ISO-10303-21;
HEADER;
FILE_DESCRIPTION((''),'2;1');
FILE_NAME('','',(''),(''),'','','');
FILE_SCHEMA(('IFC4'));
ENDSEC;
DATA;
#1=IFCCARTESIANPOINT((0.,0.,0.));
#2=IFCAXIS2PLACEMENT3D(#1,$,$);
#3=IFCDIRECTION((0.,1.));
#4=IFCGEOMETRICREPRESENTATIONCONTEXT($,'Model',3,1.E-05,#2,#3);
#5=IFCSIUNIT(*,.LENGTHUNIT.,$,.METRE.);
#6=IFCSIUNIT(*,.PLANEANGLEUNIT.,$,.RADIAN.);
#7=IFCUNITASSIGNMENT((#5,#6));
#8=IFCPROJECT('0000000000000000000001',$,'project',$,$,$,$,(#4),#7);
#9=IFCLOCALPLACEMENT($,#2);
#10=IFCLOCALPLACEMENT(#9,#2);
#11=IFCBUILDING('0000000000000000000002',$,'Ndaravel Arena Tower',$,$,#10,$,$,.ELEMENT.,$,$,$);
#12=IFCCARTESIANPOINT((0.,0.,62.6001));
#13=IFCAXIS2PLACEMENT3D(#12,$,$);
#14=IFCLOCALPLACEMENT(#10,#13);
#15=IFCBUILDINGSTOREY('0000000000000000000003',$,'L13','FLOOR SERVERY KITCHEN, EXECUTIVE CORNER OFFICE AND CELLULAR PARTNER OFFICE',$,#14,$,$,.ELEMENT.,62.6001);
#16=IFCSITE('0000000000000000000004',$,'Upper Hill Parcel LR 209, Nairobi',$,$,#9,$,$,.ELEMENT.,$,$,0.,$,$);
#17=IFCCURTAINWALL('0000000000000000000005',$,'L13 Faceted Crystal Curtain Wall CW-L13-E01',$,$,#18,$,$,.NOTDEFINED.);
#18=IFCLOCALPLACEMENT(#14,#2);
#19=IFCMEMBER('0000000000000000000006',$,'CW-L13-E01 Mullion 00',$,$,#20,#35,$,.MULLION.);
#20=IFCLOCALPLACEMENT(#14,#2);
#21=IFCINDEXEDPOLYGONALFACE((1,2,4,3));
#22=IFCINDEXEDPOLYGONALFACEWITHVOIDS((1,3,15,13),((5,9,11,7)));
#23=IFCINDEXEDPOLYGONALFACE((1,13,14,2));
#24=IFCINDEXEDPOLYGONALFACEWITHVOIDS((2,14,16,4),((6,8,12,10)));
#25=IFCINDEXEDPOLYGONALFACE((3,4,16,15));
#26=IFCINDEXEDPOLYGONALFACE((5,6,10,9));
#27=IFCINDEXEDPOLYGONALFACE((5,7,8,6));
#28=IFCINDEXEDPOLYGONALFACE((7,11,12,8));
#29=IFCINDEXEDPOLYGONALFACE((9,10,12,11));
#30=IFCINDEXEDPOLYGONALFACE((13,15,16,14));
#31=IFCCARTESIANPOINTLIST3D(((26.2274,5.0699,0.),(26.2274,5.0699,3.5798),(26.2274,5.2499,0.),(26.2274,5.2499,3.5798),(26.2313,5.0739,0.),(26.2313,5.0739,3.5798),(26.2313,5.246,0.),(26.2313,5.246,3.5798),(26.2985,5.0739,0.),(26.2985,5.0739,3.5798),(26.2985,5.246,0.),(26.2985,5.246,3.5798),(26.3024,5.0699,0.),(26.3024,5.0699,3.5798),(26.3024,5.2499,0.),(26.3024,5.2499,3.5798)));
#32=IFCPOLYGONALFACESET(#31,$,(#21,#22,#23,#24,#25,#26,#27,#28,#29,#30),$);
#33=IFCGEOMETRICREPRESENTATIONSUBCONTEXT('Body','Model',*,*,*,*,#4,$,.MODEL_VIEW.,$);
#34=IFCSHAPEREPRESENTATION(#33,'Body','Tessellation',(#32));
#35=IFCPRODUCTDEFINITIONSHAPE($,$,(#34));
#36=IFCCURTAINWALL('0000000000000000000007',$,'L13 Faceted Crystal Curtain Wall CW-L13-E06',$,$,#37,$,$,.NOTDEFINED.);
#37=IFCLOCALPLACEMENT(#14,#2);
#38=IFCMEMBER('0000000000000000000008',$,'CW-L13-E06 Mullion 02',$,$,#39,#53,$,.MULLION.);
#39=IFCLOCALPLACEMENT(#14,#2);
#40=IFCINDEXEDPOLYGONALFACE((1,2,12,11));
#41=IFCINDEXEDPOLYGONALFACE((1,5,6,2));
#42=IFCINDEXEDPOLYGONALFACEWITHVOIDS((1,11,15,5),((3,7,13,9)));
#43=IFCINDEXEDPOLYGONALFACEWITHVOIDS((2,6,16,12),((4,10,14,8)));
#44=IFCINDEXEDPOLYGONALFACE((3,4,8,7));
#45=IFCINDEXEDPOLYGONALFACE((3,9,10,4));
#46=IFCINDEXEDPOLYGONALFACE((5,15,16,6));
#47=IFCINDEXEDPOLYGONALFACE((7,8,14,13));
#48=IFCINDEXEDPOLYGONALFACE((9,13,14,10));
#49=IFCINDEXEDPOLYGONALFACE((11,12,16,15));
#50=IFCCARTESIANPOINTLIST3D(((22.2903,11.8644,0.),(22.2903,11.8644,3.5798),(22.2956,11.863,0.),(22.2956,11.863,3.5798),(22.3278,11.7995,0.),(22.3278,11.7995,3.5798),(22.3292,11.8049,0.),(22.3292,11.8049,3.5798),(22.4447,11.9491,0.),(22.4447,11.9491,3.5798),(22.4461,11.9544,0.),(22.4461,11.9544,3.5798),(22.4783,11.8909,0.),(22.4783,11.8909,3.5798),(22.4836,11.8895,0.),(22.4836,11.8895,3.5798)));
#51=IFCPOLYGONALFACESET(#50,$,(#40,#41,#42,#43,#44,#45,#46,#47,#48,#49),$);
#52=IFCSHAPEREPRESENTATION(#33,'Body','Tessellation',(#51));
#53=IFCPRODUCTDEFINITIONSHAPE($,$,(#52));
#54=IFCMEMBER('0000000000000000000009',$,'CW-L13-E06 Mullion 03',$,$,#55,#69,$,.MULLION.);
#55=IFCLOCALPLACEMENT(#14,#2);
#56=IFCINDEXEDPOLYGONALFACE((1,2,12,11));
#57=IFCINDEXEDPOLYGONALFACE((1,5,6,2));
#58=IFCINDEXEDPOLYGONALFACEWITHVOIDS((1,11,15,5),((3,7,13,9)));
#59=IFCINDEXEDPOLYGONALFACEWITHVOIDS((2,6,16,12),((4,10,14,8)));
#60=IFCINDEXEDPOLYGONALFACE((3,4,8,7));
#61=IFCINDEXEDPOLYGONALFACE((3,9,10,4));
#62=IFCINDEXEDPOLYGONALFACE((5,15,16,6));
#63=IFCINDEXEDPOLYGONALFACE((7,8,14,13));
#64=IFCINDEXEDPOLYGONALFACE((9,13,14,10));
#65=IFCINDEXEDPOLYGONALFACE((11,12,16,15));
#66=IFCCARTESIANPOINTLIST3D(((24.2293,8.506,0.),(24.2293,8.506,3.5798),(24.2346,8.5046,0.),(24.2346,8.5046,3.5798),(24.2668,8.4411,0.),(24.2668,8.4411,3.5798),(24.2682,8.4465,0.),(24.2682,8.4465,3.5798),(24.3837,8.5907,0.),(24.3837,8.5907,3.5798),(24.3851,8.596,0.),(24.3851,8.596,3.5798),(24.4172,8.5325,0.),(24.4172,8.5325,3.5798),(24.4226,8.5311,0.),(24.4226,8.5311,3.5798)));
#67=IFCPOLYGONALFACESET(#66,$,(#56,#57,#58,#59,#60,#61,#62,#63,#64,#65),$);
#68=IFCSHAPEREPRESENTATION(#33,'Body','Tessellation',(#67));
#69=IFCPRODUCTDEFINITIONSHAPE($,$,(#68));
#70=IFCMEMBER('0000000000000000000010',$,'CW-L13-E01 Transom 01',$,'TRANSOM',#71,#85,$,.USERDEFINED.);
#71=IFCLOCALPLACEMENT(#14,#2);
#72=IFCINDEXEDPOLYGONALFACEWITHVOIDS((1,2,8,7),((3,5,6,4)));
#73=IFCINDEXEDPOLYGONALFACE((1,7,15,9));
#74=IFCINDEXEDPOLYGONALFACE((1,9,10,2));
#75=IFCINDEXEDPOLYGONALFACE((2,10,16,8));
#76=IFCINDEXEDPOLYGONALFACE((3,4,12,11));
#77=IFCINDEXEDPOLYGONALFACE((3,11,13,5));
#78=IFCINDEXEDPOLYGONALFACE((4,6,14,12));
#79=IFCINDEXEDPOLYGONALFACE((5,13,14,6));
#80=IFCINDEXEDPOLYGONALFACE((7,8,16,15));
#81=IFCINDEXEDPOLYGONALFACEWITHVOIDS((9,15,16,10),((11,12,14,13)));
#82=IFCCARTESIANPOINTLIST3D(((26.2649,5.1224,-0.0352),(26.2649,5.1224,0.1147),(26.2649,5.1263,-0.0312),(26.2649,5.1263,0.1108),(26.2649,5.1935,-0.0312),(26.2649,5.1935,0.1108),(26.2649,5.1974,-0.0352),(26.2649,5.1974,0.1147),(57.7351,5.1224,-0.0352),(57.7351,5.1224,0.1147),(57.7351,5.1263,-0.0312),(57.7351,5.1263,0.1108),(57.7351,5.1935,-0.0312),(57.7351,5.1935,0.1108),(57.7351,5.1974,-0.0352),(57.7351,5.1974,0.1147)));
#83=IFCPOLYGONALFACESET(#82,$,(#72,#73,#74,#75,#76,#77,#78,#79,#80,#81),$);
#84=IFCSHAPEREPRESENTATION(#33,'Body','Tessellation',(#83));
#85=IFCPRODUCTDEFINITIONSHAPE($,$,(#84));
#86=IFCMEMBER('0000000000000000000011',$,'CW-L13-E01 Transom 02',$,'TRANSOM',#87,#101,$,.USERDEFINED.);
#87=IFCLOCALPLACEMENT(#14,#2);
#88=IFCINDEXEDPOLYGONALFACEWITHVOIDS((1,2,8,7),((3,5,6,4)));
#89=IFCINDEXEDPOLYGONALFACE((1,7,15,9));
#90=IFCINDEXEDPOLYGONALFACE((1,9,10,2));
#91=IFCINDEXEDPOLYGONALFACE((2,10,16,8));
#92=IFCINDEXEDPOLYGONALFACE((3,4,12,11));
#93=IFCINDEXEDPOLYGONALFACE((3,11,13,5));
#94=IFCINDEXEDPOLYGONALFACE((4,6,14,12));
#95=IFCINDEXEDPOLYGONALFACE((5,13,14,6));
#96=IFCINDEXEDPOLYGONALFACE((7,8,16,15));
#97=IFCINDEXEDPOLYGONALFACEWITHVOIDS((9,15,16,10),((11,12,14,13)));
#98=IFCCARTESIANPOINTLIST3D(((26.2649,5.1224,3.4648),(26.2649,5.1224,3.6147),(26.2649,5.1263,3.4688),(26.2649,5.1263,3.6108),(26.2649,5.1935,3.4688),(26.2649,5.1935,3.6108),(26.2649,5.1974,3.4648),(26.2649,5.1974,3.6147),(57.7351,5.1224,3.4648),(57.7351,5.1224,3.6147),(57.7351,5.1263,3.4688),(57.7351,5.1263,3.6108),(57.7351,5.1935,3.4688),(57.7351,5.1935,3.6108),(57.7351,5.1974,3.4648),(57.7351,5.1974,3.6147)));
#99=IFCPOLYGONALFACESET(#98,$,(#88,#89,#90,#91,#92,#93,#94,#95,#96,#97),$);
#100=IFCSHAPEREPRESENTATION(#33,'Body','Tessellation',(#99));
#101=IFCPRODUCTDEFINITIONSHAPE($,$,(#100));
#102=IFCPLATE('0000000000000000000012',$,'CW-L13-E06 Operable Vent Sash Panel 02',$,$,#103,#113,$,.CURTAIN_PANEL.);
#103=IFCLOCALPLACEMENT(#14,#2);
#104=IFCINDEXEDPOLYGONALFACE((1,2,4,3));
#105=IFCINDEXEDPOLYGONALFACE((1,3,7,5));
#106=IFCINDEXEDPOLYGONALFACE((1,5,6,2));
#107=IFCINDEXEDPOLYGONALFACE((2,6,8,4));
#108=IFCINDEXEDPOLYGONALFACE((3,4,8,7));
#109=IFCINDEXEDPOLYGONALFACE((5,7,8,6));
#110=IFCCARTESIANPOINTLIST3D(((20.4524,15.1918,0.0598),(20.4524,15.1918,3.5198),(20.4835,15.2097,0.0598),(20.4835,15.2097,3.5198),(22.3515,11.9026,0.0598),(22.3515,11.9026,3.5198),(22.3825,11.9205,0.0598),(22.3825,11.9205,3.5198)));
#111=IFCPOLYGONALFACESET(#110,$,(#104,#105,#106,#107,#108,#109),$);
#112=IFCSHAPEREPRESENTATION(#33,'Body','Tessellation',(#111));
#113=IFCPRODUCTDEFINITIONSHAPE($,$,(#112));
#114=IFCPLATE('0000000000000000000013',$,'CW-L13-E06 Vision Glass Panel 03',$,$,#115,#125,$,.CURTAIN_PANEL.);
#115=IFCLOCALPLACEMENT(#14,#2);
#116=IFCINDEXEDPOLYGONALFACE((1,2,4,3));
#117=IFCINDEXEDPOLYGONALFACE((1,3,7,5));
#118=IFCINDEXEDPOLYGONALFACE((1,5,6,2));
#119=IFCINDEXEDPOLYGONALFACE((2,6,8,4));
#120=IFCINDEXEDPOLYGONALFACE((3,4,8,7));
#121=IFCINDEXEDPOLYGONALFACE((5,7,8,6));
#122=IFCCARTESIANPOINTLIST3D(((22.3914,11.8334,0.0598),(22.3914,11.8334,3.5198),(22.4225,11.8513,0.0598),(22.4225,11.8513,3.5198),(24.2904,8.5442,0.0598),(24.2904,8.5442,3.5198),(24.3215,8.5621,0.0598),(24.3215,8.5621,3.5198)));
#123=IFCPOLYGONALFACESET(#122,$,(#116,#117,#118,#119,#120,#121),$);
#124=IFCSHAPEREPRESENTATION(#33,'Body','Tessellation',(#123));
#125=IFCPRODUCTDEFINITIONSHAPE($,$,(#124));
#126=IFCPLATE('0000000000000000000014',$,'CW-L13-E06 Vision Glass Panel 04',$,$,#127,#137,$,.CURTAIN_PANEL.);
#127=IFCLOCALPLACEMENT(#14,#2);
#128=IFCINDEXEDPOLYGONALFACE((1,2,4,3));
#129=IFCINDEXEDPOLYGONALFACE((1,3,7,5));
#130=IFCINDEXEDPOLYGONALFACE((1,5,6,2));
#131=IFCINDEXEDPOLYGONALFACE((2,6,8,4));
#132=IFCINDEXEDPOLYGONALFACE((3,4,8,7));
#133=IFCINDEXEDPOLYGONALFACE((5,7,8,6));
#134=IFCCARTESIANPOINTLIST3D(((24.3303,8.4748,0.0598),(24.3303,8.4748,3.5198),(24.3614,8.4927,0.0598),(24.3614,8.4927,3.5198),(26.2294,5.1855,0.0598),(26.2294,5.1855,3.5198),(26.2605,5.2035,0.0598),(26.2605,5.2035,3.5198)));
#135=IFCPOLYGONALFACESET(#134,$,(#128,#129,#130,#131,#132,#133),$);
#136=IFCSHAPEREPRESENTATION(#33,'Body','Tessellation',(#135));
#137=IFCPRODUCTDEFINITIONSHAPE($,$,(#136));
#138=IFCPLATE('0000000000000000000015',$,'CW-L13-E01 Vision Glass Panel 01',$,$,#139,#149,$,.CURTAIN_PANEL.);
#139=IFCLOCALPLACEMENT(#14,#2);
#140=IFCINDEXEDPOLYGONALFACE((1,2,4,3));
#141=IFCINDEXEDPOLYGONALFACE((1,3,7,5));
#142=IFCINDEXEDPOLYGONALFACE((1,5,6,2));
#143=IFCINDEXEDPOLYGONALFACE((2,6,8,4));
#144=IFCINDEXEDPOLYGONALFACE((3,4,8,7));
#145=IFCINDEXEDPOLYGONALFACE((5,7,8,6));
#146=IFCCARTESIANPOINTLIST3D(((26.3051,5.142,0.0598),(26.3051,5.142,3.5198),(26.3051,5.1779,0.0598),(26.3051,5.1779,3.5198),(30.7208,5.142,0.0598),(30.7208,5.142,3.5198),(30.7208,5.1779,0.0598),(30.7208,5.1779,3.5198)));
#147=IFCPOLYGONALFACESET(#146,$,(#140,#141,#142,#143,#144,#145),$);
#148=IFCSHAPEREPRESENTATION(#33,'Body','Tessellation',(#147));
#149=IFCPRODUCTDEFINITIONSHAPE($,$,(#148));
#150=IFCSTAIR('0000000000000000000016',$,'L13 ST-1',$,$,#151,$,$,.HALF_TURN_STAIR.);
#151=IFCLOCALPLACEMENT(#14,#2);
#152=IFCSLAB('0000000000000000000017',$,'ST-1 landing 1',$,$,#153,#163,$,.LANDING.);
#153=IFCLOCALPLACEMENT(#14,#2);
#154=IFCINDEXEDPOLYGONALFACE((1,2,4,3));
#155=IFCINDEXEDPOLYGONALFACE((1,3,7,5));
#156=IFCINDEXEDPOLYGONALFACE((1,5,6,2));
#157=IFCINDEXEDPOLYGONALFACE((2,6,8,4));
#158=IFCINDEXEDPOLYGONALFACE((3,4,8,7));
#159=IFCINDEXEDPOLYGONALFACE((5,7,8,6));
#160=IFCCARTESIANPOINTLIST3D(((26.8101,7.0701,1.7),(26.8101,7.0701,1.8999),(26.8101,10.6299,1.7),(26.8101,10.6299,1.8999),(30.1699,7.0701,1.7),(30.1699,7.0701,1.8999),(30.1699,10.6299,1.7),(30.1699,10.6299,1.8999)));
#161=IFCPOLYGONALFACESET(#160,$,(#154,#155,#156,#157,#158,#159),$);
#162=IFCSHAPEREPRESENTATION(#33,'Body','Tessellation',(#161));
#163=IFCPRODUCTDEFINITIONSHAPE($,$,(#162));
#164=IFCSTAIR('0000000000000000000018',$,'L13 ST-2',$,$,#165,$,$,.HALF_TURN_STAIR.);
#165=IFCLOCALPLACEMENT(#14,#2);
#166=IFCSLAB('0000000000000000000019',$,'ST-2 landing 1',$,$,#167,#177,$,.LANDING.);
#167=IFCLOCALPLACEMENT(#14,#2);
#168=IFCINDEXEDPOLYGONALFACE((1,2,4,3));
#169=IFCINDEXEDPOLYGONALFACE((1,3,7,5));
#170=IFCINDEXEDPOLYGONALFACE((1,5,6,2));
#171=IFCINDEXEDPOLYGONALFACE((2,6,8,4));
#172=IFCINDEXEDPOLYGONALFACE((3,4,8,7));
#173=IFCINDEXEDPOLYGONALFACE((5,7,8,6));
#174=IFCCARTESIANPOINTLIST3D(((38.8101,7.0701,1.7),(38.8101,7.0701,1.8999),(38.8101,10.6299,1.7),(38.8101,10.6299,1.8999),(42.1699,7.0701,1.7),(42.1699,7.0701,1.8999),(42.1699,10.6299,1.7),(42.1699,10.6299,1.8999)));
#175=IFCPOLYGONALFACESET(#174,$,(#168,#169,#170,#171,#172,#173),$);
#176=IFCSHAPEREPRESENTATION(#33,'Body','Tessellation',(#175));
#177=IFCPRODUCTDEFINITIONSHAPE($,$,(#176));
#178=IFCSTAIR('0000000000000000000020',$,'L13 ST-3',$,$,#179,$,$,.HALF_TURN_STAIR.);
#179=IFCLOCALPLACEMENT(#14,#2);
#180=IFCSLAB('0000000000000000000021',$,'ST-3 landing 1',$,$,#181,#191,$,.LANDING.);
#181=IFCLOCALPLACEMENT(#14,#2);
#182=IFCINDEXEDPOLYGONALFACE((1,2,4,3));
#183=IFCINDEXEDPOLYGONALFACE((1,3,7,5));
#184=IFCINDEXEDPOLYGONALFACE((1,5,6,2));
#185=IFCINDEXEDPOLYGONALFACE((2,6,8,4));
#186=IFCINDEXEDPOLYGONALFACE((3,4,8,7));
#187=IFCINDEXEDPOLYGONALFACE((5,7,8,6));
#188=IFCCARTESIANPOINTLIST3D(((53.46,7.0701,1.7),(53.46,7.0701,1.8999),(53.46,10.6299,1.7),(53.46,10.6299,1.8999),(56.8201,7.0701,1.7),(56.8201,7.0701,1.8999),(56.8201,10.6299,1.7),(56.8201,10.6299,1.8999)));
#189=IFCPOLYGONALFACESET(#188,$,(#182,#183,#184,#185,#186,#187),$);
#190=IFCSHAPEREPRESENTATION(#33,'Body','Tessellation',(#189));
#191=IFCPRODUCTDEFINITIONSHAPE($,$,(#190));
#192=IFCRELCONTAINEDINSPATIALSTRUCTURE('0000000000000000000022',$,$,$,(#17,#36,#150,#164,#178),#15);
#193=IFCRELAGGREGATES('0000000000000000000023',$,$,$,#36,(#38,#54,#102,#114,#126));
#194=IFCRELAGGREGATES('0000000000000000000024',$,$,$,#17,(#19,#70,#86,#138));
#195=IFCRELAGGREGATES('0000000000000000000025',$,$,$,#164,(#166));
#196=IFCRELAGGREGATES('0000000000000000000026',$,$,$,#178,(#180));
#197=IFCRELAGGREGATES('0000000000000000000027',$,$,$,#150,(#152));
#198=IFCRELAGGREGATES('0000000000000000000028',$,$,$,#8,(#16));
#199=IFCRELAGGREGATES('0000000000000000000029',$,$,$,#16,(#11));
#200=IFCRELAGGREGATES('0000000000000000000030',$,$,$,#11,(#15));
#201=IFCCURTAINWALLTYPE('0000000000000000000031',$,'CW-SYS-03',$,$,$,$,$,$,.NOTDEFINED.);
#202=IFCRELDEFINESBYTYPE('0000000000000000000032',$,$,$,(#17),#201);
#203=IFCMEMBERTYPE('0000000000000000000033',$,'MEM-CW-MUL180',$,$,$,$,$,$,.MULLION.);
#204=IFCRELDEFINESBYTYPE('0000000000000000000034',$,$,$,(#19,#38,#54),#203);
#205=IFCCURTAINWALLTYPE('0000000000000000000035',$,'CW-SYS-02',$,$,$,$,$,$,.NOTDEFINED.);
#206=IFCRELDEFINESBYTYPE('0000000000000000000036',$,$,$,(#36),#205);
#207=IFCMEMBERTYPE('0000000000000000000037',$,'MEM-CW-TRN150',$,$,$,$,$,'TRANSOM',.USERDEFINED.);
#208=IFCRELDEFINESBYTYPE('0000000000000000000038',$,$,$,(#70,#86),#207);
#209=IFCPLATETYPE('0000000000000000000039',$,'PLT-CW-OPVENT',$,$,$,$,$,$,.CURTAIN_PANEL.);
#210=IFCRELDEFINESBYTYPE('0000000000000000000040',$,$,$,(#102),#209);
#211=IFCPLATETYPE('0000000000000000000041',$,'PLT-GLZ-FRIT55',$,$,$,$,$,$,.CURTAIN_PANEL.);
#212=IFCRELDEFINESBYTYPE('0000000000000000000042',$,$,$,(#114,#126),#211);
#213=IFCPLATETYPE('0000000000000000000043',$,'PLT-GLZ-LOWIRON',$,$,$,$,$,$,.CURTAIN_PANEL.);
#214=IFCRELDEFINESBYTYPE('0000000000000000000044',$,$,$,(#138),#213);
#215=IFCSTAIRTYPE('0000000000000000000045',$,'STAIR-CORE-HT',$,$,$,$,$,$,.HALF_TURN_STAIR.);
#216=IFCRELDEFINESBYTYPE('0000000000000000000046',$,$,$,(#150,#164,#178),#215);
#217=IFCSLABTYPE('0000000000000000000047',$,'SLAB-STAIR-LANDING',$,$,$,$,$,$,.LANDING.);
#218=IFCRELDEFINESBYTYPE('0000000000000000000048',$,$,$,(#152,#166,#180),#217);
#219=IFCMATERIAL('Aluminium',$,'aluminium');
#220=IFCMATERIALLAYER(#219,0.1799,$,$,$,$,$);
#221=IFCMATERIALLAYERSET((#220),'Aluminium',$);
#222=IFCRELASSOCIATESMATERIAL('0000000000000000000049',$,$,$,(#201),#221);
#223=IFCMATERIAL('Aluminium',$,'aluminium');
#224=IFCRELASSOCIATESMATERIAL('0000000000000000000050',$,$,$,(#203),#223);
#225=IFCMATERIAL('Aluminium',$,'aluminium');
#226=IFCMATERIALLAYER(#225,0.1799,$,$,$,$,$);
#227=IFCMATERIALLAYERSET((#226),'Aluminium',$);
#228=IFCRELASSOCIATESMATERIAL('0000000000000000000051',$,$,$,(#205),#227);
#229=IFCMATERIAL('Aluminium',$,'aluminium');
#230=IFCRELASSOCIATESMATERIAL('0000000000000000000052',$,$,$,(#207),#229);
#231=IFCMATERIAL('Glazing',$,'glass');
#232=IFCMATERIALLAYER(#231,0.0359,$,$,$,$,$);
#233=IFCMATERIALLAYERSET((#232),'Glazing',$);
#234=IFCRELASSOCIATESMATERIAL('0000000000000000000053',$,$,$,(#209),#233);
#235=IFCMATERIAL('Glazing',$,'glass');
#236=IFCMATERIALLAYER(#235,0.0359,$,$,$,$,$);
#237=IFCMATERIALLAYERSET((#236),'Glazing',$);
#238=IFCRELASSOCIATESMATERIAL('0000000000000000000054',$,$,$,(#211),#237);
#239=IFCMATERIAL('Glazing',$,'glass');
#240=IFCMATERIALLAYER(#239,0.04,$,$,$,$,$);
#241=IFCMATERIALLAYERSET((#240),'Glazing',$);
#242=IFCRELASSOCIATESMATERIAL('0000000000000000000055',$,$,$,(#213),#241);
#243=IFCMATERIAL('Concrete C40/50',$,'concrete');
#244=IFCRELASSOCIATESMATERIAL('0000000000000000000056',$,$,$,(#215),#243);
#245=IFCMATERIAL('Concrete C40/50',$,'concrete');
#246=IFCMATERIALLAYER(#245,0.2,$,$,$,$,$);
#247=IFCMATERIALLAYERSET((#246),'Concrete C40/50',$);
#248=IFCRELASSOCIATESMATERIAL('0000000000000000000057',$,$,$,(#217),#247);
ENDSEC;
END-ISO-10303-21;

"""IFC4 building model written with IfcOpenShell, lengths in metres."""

from ifc_helpers import new_model, si_unit, direction, frame, origin, origin_2d, place, context, subcontext, project, spatial, polyline, rectangle, hollow_rectangle, outline, extrude, material, layer, layer_set, material_profile, profile_set, type_object, element, aggregate, save


model = new_model("IFC4")

# Units and contexts
model_context = context("Model", 3, precision=1e-05, world=origin(), true_north=direction((0.0, 1.0)))
body_context = subcontext(model_context, "Body", "Model", "MODEL_VIEW")
ifc_project = project(units=[si_unit("LENGTHUNIT", "METRE"), si_unit("PLANEANGLEUNIT", "RADIAN")], contexts=[model_context])

# Site, building, storey
site_placement = place(None, origin())
site = spatial("IfcSite", under=ifc_project, at=site_placement, Name="Upper Hill Parcel LR 209, Nairobi", CompositionType="ELEMENT", RefElevation=0.0)
building_placement = place(site_placement, origin())
building = spatial("IfcBuilding", under=site, at=building_placement, Name="Ndaravel Arena Tower", CompositionType="ELEMENT")
storey_placement = place(building_placement, frame((0.0, 0.0, 62.6001)))
storey = spatial("IfcBuildingStorey", under=building, at=storey_placement, Name="L13", Description="FLOOR SERVERY KITCHEN, EXECUTIVE CORNER OFFICE AND CELLULAR PARTNER OFFICE", CompositionType="ELEMENT", Elevation=62.6001)

# Curtain wall, member
ifc_material_1 = material(Name="Aluminium", Category="aluminium")
ifc_layer_1 = layer(ifc_material_1, 0.1799)
ifc_layer_set_1 = layer_set([ifc_layer_1], Name="Aluminium")
curtain_wall_type_1 = type_object("IfcCurtainWallType", Name="CW-SYS-03", PredefinedType="NOTDEFINED", material=ifc_layer_set_1)
curtain_wall_1_placement = place(storey_placement, origin())
curtain_wall_1 = element("IfcCurtainWall", 1, at=curtain_wall_1_placement, inside=storey, type_object=curtain_wall_type_1, Name="L13 Faceted Crystal Curtain Wall CW-L13-E01", PredefinedType="NOTDEFINED")
ifc_material_2 = material(Name="Aluminium", Category="aluminium")
ifc_material_profile_1 = material_profile(ifc_material_2, hollow_rectangle(XDim=0.075, YDim=0.1799, WallThickness=0.0039, at=origin_2d()), Name="CW MULLION 75x180x4")
ifc_profile_set_1 = profile_set([ifc_material_profile_1], Name="Aluminium")
member_type_1 = type_object("IfcMemberType", Name="MEM-CW-MUL180", PredefinedType="MULLION", material=ifc_profile_set_1)
member_1_placement = place(storey_placement, frame((26.2649, 5.1599, 0.0), z_axis=(0.0, 0.0, 1.0), x_axis=(1.0, 0.0, 0.0)))
member_1 = element("IfcMember", 2, at=member_1_placement, type_object=member_type_1, Name="CW-L13-E01 Mullion 00", PredefinedType="MULLION", context=body_context, shape_type="SweptSolid", body=[
    extrude(hollow_rectangle(XDim=0.075, YDim=0.1799, WallThickness=0.0039, at=origin_2d()), origin(), (0.0, 0.0, 1.0), 3.5798),
])

# Curtain wall, members
ifc_material_3 = material(Name="Aluminium", Category="aluminium")
ifc_layer_2 = layer(ifc_material_3, 0.1799)
ifc_layer_set_2 = layer_set([ifc_layer_2], Name="Aluminium")
curtain_wall_type_2 = type_object("IfcCurtainWallType", Name="CW-SYS-02", PredefinedType="NOTDEFINED", material=ifc_layer_set_2)
curtain_wall_2_placement = place(storey_placement, origin())
curtain_wall_2 = element("IfcCurtainWall", 3, at=curtain_wall_2_placement, inside=storey, type_object=curtain_wall_type_2, Name="L13 Faceted Crystal Curtain Wall CW-L13-E06", PredefinedType="NOTDEFINED")
member_2_placement = place(storey_placement, frame((22.387, 11.877, 0.0), z_axis=(0.0, 0.0, 1.0), x_axis=(0.5, -0.866025, 0.0)))
member_2 = element("IfcMember", 4, at=member_2_placement, type_object=member_type_1, Name="CW-L13-E06 Mullion 02", PredefinedType="MULLION", context=body_context, shape_type="SweptSolid", body=[
    extrude(hollow_rectangle(XDim=0.075, YDim=0.1799, WallThickness=0.0039, at=origin_2d()), origin(), (0.0, 0.0, 1.0), 3.5798),
])
member_3_placement = place(storey_placement, frame((24.3259, 8.5186, 0.0), z_axis=(0.0, 0.0, 1.0), x_axis=(0.5, -0.866025, 0.0)))
member_3 = element("IfcMember", 5, at=member_3_placement, type_object=member_type_1, Name="CW-L13-E06 Mullion 03", PredefinedType="MULLION", context=body_context, shape_type="SweptSolid", body=[
    extrude(hollow_rectangle(XDim=0.075, YDim=0.1799, WallThickness=0.0039, at=origin_2d()), origin(), (0.0, 0.0, 1.0), 3.5798),
])

# Members
ifc_material_4 = material(Name="Aluminium", Category="aluminium")
ifc_material_profile_2 = material_profile(ifc_material_4, hollow_rectangle(XDim=0.075, YDim=0.1499, WallThickness=0.0039, at=origin_2d()), Name="CW TRANSOM 75x150x4")
ifc_profile_set_2 = profile_set([ifc_material_profile_2], Name="Aluminium")
member_type_2 = type_object("IfcMemberType", Name="MEM-CW-TRN150", ElementType="TRANSOM", PredefinedType="USERDEFINED", material=ifc_profile_set_2)
member_4_placement = place(storey_placement, frame((26.2649, 5.1599, 0.0398), z_axis=(1.0, 0.0, 0.0), x_axis=(0.0, 1.0, 0.0)))
member_4 = element("IfcMember", 6, at=member_4_placement, type_object=member_type_2, Name="CW-L13-E01 Transom 01", ObjectType="TRANSOM", PredefinedType="USERDEFINED", context=body_context, shape_type="SweptSolid", body=[
    extrude(hollow_rectangle(XDim=0.075, YDim=0.1499, WallThickness=0.0039, at=origin_2d()), origin(), (0.0, 0.0, 1.0), 31.4702),
])
member_5_placement = place(storey_placement, frame((26.2649, 5.1599, 3.5398), z_axis=(1.0, 0.0, 0.0), x_axis=(0.0, 1.0, 0.0)))
member_5 = element("IfcMember", 7, at=member_5_placement, type_object=member_type_2, Name="CW-L13-E01 Transom 02", ObjectType="TRANSOM", PredefinedType="USERDEFINED", context=body_context, shape_type="SweptSolid", body=[
    extrude(hollow_rectangle(XDim=0.075, YDim=0.1499, WallThickness=0.0039, at=origin_2d()), origin(), (0.0, 0.0, 1.0), 31.4702),
])

# Plates
ifc_material_5 = material(Name="Glazing", Category="glass")
ifc_layer_3 = layer(ifc_material_5, 0.0359)
ifc_layer_set_3 = layer_set([ifc_layer_3], Name="Glazing")
plate_type_1 = type_object("IfcPlateType", Name="PLT-CW-OPVENT", PredefinedType="CURTAIN_PANEL", material=ifc_layer_set_3)
plate_1_placement = place(storey_placement, frame((21.4175, 13.5562, 0.0598), z_axis=(0.0, 0.0, 1.0), x_axis=(0.5, -0.866025, 0.0)))
plate_1 = element("IfcPlate", 8, at=plate_1_placement, type_object=plate_type_1, Name="CW-L13-E06 Operable Vent Sash Panel 02", PredefinedType="CURTAIN_PANEL", context=body_context, shape_type="SweptSolid", body=[
    extrude(rectangle(XDim=3.7981, YDim=0.0359, at=origin_2d()), origin(), (0.0, 0.0, 1.0), 3.46),
])
ifc_material_6 = material(Name="Glazing", Category="glass")
ifc_layer_4 = layer(ifc_material_6, 0.0359)
ifc_layer_set_4 = layer_set([ifc_layer_4], Name="Glazing")
plate_type_2 = type_object("IfcPlateType", Name="PLT-GLZ-FRIT55", PredefinedType="CURTAIN_PANEL", material=ifc_layer_set_4)
plate_2_placement = place(storey_placement, frame((23.3564, 10.1978, 0.0598), z_axis=(0.0, 0.0, 1.0), x_axis=(0.5, -0.866025, 0.0)))
plate_2 = element("IfcPlate", 9, at=plate_2_placement, type_object=plate_type_2, Name="CW-L13-E06 Vision Glass Panel 03", PredefinedType="CURTAIN_PANEL", context=body_context, shape_type="SweptSolid", body=[
    extrude(rectangle(XDim=3.7981, YDim=0.0359, at=origin_2d()), origin(), (0.0, 0.0, 1.0), 3.46),
])
plate_3_placement = place(storey_placement, frame((25.2954, 6.8391, 0.0598), z_axis=(0.0, 0.0, 1.0), x_axis=(0.5, -0.866025, 0.0)))
plate_3 = element("IfcPlate", 10, at=plate_3_placement, type_object=plate_type_2, Name="CW-L13-E06 Vision Glass Panel 04", PredefinedType="CURTAIN_PANEL", context=body_context, shape_type="SweptSolid", body=[
    extrude(rectangle(XDim=3.7981, YDim=0.0359, at=origin_2d()), origin(), (0.0, 0.0, 1.0), 3.46),
])
aggregate(curtain_wall_2, [member_2, member_3, plate_1, plate_2, plate_3])
ifc_material_7 = material(Name="Glazing", Category="glass")
ifc_layer_5 = layer(ifc_material_7, 0.04)
ifc_layer_set_5 = layer_set([ifc_layer_5], Name="Glazing")
plate_type_3 = type_object("IfcPlateType", Name="PLT-GLZ-LOWIRON", PredefinedType="CURTAIN_PANEL", material=ifc_layer_set_5)
plate_4_placement = place(storey_placement, frame((28.5129, 5.1599, 0.0598), z_axis=(0.0, 0.0, 1.0), x_axis=(1.0, 0.0, 0.0)))
plate_4 = element("IfcPlate", 11, at=plate_4_placement, type_object=plate_type_3, Name="CW-L13-E01 Vision Glass Panel 01", PredefinedType="CURTAIN_PANEL", context=body_context, shape_type="SweptSolid", body=[
    extrude(rectangle(XDim=4.4158, YDim=0.0359, at=origin_2d()), origin(), (0.0, 0.0, 1.0), 3.46),
])
aggregate(curtain_wall_1, [member_1, member_4, member_5, plate_4])

# Stairs, slabs
ifc_material_8 = material(Name="Concrete C40/50", Category="concrete")
stair_type = type_object("IfcStairType", Name="STAIR-CORE-HT", PredefinedType="HALF_TURN_STAIR", material=ifc_material_8)
stair_1_placement = place(storey_placement, origin())
stair_1 = element("IfcStair", 12, at=stair_1_placement, inside=storey, type_object=stair_type, Name="L13 ST-1", PredefinedType="HALF_TURN_STAIR")
ifc_material_9 = material(Name="Concrete C40/50", Category="concrete")
ifc_layer_6 = layer(ifc_material_9, 0.2)
ifc_layer_set_6 = layer_set([ifc_layer_6], Name="Concrete C40/50")
slab_type_1 = type_object("IfcSlabType", Name="SLAB-STAIR-LANDING", PredefinedType="LANDING", material=ifc_layer_set_6)
slab_1_placement = place(storey_placement, frame((0.0, 0.0, 1.7)))
slab_1 = element("IfcSlab", 13, at=slab_1_placement, type_object=slab_type_1, Name="ST-1 landing 1", PredefinedType="LANDING", context=body_context, shape_type="SweptSolid", body=[
    extrude(outline(polyline([(26.8101, 10.6299), (26.8101, 7.0701), (30.1699, 7.0701), (30.1699, 10.6299), (26.8101, 10.6299)])), origin(), (0.0, 0.0, 1.0), 0.2),
])
stair_2_placement = place(storey_placement, origin())
stair_2 = element("IfcStair", 14, at=stair_2_placement, inside=storey, type_object=stair_type, Name="L13 ST-2", PredefinedType="HALF_TURN_STAIR")
slab_2_placement = place(storey_placement, frame((0.0, 0.0, 1.7)))
slab_2 = element("IfcSlab", 15, at=slab_2_placement, type_object=slab_type_1, Name="ST-2 landing 1", PredefinedType="LANDING", context=body_context, shape_type="SweptSolid", body=[
    extrude(outline(polyline([(38.8101, 10.6299), (38.8101, 7.0701), (42.1699, 7.0701), (42.1699, 10.6299), (38.8101, 10.6299)])), origin(), (0.0, 0.0, 1.0), 0.2),
])
aggregate(stair_2, [slab_2])
stair_3_placement = place(storey_placement, origin())
stair_3 = element("IfcStair", 16, at=stair_3_placement, inside=storey, type_object=stair_type, Name="L13 ST-3", PredefinedType="HALF_TURN_STAIR")
slab_3_placement = place(storey_placement, frame((0.0, 0.0, 1.7)))
slab_3 = element("IfcSlab", 17, at=slab_3_placement, type_object=slab_type_1, Name="ST-3 landing 1", PredefinedType="LANDING", context=body_context, shape_type="SweptSolid", body=[
    extrude(outline(polyline([(53.46, 10.6299), (53.46, 7.0701), (56.8201, 7.0701), (56.8201, 10.6299), (53.46, 10.6299)])), origin(), (0.0, 0.0, 1.0), 0.2),
])
aggregate(stair_3, [slab_3])

aggregate(stair_1, [slab_1])

save(model, "model.ifc")
